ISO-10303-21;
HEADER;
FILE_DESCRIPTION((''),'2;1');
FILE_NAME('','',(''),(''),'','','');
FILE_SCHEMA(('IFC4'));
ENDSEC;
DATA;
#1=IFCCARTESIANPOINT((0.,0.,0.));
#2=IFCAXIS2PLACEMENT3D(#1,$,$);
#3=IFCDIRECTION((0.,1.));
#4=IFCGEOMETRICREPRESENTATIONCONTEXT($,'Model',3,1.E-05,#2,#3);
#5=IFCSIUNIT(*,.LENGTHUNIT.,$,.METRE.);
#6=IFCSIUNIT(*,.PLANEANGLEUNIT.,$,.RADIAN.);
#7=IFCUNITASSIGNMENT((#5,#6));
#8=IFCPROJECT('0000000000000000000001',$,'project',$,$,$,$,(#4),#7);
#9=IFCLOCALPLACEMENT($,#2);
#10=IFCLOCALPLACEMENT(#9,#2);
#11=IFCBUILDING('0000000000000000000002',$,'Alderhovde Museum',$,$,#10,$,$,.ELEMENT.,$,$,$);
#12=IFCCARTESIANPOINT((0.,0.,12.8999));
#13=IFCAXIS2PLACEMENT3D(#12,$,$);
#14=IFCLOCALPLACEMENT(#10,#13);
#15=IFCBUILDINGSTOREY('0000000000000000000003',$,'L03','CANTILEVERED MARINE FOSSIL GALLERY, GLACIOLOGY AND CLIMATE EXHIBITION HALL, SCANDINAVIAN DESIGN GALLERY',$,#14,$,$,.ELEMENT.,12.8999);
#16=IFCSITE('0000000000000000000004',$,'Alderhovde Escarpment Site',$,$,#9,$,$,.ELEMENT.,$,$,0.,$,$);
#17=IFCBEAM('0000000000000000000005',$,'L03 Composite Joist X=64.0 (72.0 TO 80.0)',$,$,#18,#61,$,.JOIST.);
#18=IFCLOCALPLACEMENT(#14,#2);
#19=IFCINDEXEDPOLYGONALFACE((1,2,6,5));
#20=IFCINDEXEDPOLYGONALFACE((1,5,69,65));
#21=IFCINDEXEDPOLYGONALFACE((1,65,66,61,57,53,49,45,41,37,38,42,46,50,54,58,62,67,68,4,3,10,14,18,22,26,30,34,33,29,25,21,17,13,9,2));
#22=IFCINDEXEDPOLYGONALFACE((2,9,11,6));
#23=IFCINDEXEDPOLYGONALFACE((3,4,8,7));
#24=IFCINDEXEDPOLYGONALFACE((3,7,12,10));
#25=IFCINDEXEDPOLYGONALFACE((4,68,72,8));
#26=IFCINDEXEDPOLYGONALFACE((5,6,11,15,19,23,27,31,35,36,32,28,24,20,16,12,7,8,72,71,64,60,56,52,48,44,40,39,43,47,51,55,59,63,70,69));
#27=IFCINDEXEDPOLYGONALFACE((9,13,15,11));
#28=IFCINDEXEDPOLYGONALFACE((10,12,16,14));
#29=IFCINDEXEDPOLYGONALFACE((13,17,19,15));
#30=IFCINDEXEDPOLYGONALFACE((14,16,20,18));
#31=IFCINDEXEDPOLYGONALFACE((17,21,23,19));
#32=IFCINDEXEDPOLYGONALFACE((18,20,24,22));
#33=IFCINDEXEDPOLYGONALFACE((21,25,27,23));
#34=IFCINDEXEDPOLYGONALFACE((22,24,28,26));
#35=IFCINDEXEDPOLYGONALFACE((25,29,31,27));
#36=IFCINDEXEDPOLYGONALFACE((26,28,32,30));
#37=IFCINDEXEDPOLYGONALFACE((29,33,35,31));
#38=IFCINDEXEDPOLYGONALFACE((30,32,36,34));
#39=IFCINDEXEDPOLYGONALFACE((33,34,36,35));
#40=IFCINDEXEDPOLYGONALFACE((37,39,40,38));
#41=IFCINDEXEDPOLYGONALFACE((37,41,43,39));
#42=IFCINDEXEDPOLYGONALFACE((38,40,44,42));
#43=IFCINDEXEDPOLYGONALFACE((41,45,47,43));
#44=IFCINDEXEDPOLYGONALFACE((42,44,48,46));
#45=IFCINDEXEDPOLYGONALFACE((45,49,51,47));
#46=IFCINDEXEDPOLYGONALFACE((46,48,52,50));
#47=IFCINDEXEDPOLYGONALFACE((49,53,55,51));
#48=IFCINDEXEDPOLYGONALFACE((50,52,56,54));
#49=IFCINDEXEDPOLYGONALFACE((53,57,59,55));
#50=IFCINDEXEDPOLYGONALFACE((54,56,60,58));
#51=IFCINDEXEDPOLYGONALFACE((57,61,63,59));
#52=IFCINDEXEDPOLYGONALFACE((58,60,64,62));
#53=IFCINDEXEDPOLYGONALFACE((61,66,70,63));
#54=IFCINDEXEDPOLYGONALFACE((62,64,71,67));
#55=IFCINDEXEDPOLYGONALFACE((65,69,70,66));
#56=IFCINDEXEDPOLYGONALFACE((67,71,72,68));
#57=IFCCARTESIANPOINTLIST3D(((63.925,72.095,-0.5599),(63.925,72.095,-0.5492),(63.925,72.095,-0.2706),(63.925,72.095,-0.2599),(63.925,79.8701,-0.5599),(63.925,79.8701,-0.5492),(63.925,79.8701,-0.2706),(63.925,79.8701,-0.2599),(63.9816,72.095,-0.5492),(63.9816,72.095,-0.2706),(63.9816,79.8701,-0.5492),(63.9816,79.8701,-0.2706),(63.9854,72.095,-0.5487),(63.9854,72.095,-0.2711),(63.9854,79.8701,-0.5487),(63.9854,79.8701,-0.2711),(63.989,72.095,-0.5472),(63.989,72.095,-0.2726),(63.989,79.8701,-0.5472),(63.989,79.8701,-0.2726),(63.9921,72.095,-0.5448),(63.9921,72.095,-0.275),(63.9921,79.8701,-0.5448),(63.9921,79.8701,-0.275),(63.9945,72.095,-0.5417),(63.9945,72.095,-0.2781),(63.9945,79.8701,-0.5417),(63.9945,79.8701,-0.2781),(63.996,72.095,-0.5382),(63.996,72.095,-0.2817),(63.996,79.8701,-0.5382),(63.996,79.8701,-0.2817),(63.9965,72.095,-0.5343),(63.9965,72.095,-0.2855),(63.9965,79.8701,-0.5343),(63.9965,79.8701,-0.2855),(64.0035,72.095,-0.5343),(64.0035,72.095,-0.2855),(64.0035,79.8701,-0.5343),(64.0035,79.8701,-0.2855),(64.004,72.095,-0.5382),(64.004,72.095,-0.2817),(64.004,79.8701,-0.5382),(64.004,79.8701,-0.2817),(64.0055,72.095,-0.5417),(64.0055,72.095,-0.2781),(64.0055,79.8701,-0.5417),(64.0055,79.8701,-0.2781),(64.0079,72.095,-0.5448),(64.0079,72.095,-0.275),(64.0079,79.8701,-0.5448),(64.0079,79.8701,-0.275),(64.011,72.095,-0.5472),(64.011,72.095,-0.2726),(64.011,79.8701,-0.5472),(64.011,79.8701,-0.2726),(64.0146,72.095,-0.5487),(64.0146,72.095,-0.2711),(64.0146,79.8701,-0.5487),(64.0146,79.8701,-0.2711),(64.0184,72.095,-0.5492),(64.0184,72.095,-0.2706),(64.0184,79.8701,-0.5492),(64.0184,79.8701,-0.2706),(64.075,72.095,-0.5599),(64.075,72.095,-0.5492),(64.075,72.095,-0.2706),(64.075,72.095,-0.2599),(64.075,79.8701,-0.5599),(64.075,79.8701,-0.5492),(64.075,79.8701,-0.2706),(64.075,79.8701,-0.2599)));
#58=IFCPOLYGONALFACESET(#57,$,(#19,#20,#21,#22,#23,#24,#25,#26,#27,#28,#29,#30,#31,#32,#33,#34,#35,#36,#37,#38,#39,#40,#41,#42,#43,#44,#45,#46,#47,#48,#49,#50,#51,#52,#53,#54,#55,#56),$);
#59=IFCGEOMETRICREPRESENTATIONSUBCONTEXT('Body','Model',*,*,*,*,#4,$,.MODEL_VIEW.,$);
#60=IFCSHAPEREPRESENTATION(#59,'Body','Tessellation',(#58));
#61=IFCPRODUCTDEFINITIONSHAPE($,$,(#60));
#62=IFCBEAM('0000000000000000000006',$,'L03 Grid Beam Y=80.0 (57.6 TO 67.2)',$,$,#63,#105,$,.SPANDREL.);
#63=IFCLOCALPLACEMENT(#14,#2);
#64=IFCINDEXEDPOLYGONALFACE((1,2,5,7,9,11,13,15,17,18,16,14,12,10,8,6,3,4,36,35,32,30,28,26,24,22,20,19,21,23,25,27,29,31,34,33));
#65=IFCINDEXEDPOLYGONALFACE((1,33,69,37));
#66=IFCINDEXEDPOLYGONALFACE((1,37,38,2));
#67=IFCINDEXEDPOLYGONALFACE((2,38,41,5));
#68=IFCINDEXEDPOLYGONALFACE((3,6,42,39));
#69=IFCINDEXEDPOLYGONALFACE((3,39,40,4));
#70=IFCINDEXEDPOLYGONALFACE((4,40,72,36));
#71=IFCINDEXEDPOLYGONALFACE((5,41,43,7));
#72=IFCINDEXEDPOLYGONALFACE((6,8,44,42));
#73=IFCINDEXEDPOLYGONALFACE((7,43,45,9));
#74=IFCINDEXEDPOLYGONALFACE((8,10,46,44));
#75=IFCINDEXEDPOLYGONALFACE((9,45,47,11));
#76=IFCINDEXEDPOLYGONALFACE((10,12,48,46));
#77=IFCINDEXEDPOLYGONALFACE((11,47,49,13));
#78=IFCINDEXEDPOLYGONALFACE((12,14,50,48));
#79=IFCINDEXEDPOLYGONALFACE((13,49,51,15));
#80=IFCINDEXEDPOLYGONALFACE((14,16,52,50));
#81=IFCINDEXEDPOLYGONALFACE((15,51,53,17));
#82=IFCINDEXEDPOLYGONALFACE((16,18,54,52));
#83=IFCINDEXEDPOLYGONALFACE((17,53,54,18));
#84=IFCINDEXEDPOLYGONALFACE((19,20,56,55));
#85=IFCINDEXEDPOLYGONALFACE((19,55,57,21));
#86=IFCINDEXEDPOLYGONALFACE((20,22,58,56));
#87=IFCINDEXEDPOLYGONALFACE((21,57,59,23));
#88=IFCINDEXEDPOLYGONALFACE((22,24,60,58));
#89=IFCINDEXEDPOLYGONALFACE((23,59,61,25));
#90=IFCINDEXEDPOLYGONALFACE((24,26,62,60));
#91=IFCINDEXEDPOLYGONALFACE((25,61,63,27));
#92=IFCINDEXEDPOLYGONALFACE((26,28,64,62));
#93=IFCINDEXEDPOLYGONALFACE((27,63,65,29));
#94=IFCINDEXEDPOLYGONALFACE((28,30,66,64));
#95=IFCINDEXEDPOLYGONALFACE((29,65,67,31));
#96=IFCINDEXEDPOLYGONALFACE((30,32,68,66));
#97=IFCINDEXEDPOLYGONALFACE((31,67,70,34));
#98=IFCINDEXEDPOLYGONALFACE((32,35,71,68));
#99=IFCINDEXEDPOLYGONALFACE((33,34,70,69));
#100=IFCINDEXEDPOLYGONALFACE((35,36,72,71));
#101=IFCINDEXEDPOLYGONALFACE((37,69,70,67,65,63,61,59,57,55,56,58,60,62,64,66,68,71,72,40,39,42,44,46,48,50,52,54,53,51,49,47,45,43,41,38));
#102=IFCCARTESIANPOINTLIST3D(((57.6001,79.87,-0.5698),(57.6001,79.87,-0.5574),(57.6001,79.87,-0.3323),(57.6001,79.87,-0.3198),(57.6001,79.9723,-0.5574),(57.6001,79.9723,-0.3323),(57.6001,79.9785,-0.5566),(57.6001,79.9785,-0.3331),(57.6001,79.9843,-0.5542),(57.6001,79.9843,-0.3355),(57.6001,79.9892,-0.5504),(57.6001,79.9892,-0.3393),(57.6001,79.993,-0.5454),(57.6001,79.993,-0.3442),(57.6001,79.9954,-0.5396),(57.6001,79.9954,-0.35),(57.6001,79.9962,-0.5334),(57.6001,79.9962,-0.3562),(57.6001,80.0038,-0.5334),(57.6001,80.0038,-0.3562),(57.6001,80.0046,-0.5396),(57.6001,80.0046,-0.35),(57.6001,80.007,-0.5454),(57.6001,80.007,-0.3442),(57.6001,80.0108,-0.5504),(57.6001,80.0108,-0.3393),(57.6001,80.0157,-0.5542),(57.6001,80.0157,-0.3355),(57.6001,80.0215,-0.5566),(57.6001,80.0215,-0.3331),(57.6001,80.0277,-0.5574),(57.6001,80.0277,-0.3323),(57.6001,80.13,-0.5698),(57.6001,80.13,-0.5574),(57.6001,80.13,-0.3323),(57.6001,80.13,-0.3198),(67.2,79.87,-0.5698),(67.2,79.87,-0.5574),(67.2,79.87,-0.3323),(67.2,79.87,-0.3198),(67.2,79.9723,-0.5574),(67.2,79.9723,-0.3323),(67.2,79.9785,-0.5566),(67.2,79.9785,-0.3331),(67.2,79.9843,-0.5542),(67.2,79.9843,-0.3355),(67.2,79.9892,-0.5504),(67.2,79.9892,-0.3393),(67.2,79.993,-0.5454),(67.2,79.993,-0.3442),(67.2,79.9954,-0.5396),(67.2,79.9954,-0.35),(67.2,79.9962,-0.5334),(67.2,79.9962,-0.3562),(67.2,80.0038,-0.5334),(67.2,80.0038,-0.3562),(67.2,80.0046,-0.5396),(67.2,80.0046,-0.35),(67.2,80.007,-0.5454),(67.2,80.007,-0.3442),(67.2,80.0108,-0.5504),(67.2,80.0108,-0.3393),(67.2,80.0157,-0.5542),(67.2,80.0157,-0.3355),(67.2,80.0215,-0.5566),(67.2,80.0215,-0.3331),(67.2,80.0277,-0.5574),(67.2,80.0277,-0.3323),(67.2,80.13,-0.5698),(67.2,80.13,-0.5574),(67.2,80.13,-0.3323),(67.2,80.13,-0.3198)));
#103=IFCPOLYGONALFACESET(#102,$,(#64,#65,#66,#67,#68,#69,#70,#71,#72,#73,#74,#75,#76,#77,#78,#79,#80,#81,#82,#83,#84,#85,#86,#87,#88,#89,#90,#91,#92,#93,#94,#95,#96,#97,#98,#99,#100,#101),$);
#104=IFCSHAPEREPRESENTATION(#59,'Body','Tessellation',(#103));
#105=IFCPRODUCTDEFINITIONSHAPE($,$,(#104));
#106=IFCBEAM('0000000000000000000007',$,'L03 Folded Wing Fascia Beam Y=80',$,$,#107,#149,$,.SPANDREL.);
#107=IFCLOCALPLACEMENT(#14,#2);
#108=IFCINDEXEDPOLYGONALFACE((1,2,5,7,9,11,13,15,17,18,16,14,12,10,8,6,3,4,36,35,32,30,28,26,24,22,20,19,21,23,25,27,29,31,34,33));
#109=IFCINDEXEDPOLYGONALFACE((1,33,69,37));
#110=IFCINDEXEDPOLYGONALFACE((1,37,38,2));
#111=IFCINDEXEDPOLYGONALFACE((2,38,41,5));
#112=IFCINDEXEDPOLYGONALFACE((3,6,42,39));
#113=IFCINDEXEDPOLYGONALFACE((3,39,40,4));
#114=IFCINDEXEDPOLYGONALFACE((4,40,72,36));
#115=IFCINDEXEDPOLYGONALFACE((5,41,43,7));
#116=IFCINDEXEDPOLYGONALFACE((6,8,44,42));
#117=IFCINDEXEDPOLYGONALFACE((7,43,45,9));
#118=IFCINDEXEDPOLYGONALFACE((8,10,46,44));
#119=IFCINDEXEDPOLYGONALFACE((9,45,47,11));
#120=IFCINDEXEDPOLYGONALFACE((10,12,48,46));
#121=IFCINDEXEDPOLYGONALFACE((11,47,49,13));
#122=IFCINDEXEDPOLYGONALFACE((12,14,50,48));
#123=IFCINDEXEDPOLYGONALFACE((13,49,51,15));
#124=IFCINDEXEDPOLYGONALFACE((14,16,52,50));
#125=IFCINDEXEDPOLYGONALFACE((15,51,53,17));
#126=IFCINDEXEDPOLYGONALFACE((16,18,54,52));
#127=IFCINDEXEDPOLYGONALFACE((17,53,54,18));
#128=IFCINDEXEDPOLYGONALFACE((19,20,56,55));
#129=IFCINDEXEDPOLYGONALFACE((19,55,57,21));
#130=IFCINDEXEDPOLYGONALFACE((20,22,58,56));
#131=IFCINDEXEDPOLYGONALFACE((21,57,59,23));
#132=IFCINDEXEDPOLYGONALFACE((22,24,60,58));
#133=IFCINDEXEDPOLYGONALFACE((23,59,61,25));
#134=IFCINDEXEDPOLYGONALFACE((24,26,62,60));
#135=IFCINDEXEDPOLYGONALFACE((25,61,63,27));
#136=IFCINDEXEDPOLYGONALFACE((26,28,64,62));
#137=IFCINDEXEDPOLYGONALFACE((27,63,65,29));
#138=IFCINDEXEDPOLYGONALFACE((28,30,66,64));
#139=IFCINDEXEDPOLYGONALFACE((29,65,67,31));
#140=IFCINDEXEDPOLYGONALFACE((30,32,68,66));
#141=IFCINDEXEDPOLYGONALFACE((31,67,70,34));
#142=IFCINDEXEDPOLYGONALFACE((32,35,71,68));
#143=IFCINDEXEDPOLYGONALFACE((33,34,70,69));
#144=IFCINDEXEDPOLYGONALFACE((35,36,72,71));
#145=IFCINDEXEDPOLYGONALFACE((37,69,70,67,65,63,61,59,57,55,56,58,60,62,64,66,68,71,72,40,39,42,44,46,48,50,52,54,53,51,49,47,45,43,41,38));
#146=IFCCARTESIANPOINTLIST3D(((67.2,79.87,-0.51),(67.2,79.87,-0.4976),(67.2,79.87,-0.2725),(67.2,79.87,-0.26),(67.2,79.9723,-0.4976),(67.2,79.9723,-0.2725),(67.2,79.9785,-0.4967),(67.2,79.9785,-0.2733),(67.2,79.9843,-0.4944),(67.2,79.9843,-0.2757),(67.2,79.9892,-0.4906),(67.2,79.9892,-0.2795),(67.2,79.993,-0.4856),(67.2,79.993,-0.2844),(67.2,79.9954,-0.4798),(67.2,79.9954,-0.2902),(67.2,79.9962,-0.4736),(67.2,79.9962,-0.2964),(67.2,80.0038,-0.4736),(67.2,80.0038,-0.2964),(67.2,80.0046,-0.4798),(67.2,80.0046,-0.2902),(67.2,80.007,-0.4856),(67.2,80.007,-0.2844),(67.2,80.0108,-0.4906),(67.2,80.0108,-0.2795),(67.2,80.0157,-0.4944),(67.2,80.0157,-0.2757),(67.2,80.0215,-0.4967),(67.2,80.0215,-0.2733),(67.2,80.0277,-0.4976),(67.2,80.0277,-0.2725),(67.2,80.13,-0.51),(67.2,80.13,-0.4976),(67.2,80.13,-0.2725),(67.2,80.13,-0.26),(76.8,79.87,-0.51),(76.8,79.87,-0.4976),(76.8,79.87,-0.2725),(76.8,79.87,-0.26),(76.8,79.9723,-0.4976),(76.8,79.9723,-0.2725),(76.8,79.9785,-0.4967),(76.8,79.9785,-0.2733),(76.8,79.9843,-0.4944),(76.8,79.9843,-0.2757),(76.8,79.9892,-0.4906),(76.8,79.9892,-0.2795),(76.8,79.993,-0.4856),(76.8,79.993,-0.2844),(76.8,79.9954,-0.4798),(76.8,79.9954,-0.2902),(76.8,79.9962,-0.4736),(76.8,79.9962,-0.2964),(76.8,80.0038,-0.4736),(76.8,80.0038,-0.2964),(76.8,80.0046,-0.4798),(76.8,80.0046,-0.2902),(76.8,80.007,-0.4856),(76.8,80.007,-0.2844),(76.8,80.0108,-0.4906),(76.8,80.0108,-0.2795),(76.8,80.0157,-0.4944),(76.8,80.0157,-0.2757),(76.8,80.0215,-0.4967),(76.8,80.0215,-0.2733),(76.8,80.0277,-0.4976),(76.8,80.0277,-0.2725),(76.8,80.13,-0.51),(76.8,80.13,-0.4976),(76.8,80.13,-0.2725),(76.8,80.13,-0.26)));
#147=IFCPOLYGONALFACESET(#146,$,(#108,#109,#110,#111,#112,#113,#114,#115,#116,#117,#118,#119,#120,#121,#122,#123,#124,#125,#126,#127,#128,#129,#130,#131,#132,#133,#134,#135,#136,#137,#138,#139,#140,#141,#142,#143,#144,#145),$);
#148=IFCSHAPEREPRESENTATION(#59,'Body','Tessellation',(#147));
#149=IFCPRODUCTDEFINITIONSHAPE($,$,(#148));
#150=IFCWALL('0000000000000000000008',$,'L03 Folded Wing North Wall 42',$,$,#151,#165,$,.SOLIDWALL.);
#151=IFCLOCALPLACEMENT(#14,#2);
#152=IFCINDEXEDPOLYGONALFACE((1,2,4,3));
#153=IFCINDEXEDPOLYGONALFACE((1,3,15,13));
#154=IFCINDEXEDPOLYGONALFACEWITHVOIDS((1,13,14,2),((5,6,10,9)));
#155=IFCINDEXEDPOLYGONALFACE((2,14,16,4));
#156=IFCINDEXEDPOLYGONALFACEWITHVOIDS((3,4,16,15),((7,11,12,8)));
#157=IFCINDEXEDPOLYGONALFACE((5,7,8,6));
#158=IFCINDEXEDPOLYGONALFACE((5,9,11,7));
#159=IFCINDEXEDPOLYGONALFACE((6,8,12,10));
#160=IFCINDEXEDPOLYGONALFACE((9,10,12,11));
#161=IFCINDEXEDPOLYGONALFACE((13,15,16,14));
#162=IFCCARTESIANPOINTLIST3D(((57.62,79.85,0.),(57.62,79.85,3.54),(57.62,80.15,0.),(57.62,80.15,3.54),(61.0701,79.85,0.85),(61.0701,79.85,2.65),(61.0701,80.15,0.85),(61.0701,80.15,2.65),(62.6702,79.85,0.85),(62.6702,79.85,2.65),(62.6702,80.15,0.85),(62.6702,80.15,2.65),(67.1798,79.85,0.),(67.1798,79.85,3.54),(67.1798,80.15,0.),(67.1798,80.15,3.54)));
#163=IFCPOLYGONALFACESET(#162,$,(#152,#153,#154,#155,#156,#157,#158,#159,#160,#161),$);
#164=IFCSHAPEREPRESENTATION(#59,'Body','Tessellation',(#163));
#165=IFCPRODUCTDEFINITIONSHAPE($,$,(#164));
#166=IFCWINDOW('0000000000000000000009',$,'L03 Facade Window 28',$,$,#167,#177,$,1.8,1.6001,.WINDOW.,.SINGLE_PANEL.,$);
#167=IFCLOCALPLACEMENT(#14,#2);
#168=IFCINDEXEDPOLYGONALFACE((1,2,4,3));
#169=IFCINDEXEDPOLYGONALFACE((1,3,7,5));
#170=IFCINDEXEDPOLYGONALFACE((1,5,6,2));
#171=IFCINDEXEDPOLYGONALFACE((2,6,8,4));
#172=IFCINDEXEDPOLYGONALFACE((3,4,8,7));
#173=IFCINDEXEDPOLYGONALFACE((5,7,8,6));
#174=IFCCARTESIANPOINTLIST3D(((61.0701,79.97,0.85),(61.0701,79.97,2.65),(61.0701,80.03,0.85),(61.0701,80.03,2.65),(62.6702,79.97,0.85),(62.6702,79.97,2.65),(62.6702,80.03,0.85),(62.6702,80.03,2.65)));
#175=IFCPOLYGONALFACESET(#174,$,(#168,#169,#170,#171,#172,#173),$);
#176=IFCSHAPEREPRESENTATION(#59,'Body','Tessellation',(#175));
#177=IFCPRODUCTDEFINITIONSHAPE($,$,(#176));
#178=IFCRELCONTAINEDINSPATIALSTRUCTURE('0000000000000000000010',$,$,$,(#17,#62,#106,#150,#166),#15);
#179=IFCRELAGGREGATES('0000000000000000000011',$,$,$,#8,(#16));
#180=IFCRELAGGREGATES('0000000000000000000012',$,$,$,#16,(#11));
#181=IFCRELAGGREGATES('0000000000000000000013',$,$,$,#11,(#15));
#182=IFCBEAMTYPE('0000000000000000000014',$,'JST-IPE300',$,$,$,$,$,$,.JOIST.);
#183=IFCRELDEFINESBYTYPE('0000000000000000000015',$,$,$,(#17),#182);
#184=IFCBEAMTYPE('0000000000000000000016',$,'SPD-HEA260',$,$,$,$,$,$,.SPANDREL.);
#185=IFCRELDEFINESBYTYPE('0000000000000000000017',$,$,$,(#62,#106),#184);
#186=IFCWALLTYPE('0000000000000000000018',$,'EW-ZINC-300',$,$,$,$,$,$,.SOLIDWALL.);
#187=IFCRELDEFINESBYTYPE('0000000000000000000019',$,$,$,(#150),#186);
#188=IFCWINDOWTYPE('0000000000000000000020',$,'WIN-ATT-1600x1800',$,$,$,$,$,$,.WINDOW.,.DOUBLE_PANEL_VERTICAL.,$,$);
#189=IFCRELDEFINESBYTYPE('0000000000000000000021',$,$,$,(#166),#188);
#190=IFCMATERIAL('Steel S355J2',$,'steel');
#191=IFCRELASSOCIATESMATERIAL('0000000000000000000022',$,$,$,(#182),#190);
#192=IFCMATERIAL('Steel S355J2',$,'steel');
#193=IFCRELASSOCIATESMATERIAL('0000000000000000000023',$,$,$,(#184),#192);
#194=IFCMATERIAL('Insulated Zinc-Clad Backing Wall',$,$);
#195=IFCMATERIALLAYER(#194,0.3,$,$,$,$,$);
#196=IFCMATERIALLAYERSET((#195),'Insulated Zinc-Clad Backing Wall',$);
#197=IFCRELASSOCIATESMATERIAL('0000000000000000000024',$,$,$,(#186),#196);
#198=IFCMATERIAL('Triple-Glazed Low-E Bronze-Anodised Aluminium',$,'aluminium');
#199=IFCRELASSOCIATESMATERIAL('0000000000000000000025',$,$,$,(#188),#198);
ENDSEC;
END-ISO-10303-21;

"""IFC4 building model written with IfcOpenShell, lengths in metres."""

from ifc_helpers import new_model, si_unit, direction, frame, frame_2d, origin, origin_2d, place, context, subcontext, project, spatial, rectangle, i_section, extrude, material, layer, layer_set, material_profile, profile_set, type_object, element, fill, save


model = new_model("IFC4")

# Units and contexts
model_context = context("Model", 3, precision=1e-05, world=origin(), true_north=direction((0.0, 1.0)))
body_context = subcontext(model_context, "Body", "Model", "MODEL_VIEW")
ifc_project = project(units=[si_unit("LENGTHUNIT", "METRE"), si_unit("PLANEANGLEUNIT", "RADIAN")], contexts=[model_context])

# Site, building, storey
site_placement = place(None, origin())
site = spatial("IfcSite", under=ifc_project, at=site_placement, Name="Alderhovde Escarpment Site", CompositionType="ELEMENT", RefElevation=0.0)
building_placement = place(site_placement, origin())
building = spatial("IfcBuilding", under=site, at=building_placement, Name="Alderhovde Museum", CompositionType="ELEMENT")
storey_placement = place(building_placement, frame((0.0, 0.0, 12.8999)))
storey = spatial("IfcBuildingStorey", under=building, at=storey_placement, Name="L03", Description="CANTILEVERED MARINE FOSSIL GALLERY, GLACIOLOGY AND CLIMATE EXHIBITION HALL, SCANDINAVIAN DESIGN GALLERY", CompositionType="ELEMENT", Elevation=12.8999)

# Beams
ifc_material_1 = material(Name="Steel S355J2", Category="steel")
ifc_material_profile_1 = material_profile(ifc_material_1, i_section(OverallWidth=0.1499, OverallDepth=0.3, WebThickness=0.0071, FlangeThickness=0.0107, FilletRadius=0.0149, at=origin_2d()), Name="IPE 300")
ifc_profile_set_1 = profile_set([ifc_material_profile_1], Name="Steel S355J2")
beam_type_1 = type_object("IfcBeamType", Name="JST-IPE300", PredefinedType="JOIST", material=ifc_profile_set_1)
for number, where, z_axis, x_axis, name in (
    (1, (64.0, 72.095, -0.4099), (0.0, 1.0, 0.0), (-1.0, 0.0, 0.0), "L03 Composite Joist X=64.0 (72.0 TO 80.0)"),
):
    element("IfcBeam", number, at=place(storey_placement, frame(where, z_axis=z_axis, x_axis=x_axis)), inside=storey, type_object=beam_type_1, Name=name, PredefinedType="JOIST", context=body_context, shape_type="SweptSolid", body=[
        extrude(i_section(OverallWidth=0.1499, OverallDepth=0.3, WebThickness=0.0071, FlangeThickness=0.0107, FilletRadius=0.0149, at=origin_2d()), origin(), (0.0, 0.0, 1.0), 7.7751),
    ])
ifc_material_2 = material(Name="Steel S355J2", Category="steel")
ifc_material_profile_2 = material_profile(ifc_material_2, i_section(OverallWidth=0.26, OverallDepth=0.25, WebThickness=0.0076, FlangeThickness=0.0125, FilletRadius=0.0239, at=origin_2d()), Name="HEA 260")
ifc_profile_set_2 = profile_set([ifc_material_profile_2], Name="Steel S355J2")
beam_type_2 = type_object("IfcBeamType", Name="SPD-HEA260", PredefinedType="SPANDREL", material=ifc_profile_set_2)
beam_1_placement = place(storey_placement, frame((57.6001, 80.0, -0.4448), z_axis=(1.0, 0.0, 0.0), x_axis=(0.0, 1.0, 0.0)))
element("IfcBeam", 2, at=beam_1_placement, inside=storey, type_object=beam_type_2, Name="L03 Grid Beam Y=80.0 (57.6 TO 67.2)", PredefinedType="SPANDREL", context=body_context, shape_type="SweptSolid", body=[
    extrude(i_section(OverallWidth=0.26, OverallDepth=0.25, WebThickness=0.0076, FlangeThickness=0.0125, FilletRadius=0.0239, at=origin_2d()), origin(), (0.0, 0.0, 1.0), 9.5999),
])
beam_2_placement = place(storey_placement, frame((67.2, 80.0, -0.385), z_axis=(1.0, 0.0, 0.0), x_axis=(0.0, 1.0, 0.0)))
element("IfcBeam", 3, at=beam_2_placement, inside=storey, type_object=beam_type_2, Name="L03 Folded Wing Fascia Beam Y=80", PredefinedType="SPANDREL", context=body_context, shape_type="SweptSolid", body=[
    extrude(i_section(OverallWidth=0.26, OverallDepth=0.25, WebThickness=0.0076, FlangeThickness=0.0125, FilletRadius=0.0239, at=origin_2d()), origin(), (0.0, 0.0, 1.0), 9.6001),
])

# Wall, opening, window
ifc_material_3 = material(Name="Insulated Zinc-Clad Backing Wall")
ifc_layer = layer(ifc_material_3, 0.3)
ifc_layer_set = layer_set([ifc_layer], Name="Insulated Zinc-Clad Backing Wall")
wall_type = type_object("IfcWallType", Name="EW-ZINC-300", PredefinedType="SOLIDWALL", material=ifc_layer_set)
wall_1_placement = place(storey_placement, frame((57.6201, 80.0, 0.0), z_axis=(0.0, 0.0, 1.0), x_axis=(1.0, 0.0, 0.0)))
wall_1 = element("IfcWall", 4, at=wall_1_placement, inside=storey, type_object=wall_type, Name="L03 Folded Wing North Wall 42", PredefinedType="SOLIDWALL", context=body_context, shape_type="SweptSolid", body=[
    extrude(rectangle(XDim=9.5598, YDim=0.3, at=frame_2d((4.7798, 0.0))), origin(), (0.0, 0.0, 1.0), 3.54),
])
opening_1_placement = place(wall_1_placement, frame((3.45, 0.0, 0.8501)))
opening_1 = element("IfcOpeningElement", 5, at=opening_1_placement, cuts=wall_1, PredefinedType="OPENING", context=body_context, shape_type="SweptSolid", body=[
    extrude(rectangle(XDim=1.6001, YDim=1.8, at=frame_2d((0.8, 0.8999))), frame((0.0, 0.1599, 0.0), z_axis=(0.0, -1.0, 0.0), x_axis=(1.0, 0.0, 0.0)), (0.0, 0.0, 1.0), 0.3201),
])
ifc_material_4 = material(Name="Triple-Glazed Low-E Bronze-Anodised Aluminium", Category="aluminium")
window_type_1 = type_object("IfcWindowType", Name="WIN-ATT-1600x1800", PartitioningType="DOUBLE_PANEL_VERTICAL", PredefinedType="WINDOW", material=ifc_material_4)
window_1_placement = place(opening_1_placement, origin())
window_1 = element("IfcWindow", 6, at=window_1_placement, inside=storey, type_object=window_type_1, Name="L03 Facade Window 28", OverallHeight=1.8, OverallWidth=1.6001, PartitioningType="SINGLE_PANEL", PredefinedType="WINDOW", context=body_context, shape_type="SweptSolid", body=[
    extrude(rectangle(XDim=1.6001, YDim=1.8, at=frame_2d((0.8, 0.8999))), frame((0.0, 0.03, 0.0), z_axis=(0.0, -1.0, 0.0), x_axis=(1.0, 0.0, 0.0)), (0.0, 0.0, 1.0), 0.0601),
])
fill(opening_1, window_1)

save(model, "model.ifc")
